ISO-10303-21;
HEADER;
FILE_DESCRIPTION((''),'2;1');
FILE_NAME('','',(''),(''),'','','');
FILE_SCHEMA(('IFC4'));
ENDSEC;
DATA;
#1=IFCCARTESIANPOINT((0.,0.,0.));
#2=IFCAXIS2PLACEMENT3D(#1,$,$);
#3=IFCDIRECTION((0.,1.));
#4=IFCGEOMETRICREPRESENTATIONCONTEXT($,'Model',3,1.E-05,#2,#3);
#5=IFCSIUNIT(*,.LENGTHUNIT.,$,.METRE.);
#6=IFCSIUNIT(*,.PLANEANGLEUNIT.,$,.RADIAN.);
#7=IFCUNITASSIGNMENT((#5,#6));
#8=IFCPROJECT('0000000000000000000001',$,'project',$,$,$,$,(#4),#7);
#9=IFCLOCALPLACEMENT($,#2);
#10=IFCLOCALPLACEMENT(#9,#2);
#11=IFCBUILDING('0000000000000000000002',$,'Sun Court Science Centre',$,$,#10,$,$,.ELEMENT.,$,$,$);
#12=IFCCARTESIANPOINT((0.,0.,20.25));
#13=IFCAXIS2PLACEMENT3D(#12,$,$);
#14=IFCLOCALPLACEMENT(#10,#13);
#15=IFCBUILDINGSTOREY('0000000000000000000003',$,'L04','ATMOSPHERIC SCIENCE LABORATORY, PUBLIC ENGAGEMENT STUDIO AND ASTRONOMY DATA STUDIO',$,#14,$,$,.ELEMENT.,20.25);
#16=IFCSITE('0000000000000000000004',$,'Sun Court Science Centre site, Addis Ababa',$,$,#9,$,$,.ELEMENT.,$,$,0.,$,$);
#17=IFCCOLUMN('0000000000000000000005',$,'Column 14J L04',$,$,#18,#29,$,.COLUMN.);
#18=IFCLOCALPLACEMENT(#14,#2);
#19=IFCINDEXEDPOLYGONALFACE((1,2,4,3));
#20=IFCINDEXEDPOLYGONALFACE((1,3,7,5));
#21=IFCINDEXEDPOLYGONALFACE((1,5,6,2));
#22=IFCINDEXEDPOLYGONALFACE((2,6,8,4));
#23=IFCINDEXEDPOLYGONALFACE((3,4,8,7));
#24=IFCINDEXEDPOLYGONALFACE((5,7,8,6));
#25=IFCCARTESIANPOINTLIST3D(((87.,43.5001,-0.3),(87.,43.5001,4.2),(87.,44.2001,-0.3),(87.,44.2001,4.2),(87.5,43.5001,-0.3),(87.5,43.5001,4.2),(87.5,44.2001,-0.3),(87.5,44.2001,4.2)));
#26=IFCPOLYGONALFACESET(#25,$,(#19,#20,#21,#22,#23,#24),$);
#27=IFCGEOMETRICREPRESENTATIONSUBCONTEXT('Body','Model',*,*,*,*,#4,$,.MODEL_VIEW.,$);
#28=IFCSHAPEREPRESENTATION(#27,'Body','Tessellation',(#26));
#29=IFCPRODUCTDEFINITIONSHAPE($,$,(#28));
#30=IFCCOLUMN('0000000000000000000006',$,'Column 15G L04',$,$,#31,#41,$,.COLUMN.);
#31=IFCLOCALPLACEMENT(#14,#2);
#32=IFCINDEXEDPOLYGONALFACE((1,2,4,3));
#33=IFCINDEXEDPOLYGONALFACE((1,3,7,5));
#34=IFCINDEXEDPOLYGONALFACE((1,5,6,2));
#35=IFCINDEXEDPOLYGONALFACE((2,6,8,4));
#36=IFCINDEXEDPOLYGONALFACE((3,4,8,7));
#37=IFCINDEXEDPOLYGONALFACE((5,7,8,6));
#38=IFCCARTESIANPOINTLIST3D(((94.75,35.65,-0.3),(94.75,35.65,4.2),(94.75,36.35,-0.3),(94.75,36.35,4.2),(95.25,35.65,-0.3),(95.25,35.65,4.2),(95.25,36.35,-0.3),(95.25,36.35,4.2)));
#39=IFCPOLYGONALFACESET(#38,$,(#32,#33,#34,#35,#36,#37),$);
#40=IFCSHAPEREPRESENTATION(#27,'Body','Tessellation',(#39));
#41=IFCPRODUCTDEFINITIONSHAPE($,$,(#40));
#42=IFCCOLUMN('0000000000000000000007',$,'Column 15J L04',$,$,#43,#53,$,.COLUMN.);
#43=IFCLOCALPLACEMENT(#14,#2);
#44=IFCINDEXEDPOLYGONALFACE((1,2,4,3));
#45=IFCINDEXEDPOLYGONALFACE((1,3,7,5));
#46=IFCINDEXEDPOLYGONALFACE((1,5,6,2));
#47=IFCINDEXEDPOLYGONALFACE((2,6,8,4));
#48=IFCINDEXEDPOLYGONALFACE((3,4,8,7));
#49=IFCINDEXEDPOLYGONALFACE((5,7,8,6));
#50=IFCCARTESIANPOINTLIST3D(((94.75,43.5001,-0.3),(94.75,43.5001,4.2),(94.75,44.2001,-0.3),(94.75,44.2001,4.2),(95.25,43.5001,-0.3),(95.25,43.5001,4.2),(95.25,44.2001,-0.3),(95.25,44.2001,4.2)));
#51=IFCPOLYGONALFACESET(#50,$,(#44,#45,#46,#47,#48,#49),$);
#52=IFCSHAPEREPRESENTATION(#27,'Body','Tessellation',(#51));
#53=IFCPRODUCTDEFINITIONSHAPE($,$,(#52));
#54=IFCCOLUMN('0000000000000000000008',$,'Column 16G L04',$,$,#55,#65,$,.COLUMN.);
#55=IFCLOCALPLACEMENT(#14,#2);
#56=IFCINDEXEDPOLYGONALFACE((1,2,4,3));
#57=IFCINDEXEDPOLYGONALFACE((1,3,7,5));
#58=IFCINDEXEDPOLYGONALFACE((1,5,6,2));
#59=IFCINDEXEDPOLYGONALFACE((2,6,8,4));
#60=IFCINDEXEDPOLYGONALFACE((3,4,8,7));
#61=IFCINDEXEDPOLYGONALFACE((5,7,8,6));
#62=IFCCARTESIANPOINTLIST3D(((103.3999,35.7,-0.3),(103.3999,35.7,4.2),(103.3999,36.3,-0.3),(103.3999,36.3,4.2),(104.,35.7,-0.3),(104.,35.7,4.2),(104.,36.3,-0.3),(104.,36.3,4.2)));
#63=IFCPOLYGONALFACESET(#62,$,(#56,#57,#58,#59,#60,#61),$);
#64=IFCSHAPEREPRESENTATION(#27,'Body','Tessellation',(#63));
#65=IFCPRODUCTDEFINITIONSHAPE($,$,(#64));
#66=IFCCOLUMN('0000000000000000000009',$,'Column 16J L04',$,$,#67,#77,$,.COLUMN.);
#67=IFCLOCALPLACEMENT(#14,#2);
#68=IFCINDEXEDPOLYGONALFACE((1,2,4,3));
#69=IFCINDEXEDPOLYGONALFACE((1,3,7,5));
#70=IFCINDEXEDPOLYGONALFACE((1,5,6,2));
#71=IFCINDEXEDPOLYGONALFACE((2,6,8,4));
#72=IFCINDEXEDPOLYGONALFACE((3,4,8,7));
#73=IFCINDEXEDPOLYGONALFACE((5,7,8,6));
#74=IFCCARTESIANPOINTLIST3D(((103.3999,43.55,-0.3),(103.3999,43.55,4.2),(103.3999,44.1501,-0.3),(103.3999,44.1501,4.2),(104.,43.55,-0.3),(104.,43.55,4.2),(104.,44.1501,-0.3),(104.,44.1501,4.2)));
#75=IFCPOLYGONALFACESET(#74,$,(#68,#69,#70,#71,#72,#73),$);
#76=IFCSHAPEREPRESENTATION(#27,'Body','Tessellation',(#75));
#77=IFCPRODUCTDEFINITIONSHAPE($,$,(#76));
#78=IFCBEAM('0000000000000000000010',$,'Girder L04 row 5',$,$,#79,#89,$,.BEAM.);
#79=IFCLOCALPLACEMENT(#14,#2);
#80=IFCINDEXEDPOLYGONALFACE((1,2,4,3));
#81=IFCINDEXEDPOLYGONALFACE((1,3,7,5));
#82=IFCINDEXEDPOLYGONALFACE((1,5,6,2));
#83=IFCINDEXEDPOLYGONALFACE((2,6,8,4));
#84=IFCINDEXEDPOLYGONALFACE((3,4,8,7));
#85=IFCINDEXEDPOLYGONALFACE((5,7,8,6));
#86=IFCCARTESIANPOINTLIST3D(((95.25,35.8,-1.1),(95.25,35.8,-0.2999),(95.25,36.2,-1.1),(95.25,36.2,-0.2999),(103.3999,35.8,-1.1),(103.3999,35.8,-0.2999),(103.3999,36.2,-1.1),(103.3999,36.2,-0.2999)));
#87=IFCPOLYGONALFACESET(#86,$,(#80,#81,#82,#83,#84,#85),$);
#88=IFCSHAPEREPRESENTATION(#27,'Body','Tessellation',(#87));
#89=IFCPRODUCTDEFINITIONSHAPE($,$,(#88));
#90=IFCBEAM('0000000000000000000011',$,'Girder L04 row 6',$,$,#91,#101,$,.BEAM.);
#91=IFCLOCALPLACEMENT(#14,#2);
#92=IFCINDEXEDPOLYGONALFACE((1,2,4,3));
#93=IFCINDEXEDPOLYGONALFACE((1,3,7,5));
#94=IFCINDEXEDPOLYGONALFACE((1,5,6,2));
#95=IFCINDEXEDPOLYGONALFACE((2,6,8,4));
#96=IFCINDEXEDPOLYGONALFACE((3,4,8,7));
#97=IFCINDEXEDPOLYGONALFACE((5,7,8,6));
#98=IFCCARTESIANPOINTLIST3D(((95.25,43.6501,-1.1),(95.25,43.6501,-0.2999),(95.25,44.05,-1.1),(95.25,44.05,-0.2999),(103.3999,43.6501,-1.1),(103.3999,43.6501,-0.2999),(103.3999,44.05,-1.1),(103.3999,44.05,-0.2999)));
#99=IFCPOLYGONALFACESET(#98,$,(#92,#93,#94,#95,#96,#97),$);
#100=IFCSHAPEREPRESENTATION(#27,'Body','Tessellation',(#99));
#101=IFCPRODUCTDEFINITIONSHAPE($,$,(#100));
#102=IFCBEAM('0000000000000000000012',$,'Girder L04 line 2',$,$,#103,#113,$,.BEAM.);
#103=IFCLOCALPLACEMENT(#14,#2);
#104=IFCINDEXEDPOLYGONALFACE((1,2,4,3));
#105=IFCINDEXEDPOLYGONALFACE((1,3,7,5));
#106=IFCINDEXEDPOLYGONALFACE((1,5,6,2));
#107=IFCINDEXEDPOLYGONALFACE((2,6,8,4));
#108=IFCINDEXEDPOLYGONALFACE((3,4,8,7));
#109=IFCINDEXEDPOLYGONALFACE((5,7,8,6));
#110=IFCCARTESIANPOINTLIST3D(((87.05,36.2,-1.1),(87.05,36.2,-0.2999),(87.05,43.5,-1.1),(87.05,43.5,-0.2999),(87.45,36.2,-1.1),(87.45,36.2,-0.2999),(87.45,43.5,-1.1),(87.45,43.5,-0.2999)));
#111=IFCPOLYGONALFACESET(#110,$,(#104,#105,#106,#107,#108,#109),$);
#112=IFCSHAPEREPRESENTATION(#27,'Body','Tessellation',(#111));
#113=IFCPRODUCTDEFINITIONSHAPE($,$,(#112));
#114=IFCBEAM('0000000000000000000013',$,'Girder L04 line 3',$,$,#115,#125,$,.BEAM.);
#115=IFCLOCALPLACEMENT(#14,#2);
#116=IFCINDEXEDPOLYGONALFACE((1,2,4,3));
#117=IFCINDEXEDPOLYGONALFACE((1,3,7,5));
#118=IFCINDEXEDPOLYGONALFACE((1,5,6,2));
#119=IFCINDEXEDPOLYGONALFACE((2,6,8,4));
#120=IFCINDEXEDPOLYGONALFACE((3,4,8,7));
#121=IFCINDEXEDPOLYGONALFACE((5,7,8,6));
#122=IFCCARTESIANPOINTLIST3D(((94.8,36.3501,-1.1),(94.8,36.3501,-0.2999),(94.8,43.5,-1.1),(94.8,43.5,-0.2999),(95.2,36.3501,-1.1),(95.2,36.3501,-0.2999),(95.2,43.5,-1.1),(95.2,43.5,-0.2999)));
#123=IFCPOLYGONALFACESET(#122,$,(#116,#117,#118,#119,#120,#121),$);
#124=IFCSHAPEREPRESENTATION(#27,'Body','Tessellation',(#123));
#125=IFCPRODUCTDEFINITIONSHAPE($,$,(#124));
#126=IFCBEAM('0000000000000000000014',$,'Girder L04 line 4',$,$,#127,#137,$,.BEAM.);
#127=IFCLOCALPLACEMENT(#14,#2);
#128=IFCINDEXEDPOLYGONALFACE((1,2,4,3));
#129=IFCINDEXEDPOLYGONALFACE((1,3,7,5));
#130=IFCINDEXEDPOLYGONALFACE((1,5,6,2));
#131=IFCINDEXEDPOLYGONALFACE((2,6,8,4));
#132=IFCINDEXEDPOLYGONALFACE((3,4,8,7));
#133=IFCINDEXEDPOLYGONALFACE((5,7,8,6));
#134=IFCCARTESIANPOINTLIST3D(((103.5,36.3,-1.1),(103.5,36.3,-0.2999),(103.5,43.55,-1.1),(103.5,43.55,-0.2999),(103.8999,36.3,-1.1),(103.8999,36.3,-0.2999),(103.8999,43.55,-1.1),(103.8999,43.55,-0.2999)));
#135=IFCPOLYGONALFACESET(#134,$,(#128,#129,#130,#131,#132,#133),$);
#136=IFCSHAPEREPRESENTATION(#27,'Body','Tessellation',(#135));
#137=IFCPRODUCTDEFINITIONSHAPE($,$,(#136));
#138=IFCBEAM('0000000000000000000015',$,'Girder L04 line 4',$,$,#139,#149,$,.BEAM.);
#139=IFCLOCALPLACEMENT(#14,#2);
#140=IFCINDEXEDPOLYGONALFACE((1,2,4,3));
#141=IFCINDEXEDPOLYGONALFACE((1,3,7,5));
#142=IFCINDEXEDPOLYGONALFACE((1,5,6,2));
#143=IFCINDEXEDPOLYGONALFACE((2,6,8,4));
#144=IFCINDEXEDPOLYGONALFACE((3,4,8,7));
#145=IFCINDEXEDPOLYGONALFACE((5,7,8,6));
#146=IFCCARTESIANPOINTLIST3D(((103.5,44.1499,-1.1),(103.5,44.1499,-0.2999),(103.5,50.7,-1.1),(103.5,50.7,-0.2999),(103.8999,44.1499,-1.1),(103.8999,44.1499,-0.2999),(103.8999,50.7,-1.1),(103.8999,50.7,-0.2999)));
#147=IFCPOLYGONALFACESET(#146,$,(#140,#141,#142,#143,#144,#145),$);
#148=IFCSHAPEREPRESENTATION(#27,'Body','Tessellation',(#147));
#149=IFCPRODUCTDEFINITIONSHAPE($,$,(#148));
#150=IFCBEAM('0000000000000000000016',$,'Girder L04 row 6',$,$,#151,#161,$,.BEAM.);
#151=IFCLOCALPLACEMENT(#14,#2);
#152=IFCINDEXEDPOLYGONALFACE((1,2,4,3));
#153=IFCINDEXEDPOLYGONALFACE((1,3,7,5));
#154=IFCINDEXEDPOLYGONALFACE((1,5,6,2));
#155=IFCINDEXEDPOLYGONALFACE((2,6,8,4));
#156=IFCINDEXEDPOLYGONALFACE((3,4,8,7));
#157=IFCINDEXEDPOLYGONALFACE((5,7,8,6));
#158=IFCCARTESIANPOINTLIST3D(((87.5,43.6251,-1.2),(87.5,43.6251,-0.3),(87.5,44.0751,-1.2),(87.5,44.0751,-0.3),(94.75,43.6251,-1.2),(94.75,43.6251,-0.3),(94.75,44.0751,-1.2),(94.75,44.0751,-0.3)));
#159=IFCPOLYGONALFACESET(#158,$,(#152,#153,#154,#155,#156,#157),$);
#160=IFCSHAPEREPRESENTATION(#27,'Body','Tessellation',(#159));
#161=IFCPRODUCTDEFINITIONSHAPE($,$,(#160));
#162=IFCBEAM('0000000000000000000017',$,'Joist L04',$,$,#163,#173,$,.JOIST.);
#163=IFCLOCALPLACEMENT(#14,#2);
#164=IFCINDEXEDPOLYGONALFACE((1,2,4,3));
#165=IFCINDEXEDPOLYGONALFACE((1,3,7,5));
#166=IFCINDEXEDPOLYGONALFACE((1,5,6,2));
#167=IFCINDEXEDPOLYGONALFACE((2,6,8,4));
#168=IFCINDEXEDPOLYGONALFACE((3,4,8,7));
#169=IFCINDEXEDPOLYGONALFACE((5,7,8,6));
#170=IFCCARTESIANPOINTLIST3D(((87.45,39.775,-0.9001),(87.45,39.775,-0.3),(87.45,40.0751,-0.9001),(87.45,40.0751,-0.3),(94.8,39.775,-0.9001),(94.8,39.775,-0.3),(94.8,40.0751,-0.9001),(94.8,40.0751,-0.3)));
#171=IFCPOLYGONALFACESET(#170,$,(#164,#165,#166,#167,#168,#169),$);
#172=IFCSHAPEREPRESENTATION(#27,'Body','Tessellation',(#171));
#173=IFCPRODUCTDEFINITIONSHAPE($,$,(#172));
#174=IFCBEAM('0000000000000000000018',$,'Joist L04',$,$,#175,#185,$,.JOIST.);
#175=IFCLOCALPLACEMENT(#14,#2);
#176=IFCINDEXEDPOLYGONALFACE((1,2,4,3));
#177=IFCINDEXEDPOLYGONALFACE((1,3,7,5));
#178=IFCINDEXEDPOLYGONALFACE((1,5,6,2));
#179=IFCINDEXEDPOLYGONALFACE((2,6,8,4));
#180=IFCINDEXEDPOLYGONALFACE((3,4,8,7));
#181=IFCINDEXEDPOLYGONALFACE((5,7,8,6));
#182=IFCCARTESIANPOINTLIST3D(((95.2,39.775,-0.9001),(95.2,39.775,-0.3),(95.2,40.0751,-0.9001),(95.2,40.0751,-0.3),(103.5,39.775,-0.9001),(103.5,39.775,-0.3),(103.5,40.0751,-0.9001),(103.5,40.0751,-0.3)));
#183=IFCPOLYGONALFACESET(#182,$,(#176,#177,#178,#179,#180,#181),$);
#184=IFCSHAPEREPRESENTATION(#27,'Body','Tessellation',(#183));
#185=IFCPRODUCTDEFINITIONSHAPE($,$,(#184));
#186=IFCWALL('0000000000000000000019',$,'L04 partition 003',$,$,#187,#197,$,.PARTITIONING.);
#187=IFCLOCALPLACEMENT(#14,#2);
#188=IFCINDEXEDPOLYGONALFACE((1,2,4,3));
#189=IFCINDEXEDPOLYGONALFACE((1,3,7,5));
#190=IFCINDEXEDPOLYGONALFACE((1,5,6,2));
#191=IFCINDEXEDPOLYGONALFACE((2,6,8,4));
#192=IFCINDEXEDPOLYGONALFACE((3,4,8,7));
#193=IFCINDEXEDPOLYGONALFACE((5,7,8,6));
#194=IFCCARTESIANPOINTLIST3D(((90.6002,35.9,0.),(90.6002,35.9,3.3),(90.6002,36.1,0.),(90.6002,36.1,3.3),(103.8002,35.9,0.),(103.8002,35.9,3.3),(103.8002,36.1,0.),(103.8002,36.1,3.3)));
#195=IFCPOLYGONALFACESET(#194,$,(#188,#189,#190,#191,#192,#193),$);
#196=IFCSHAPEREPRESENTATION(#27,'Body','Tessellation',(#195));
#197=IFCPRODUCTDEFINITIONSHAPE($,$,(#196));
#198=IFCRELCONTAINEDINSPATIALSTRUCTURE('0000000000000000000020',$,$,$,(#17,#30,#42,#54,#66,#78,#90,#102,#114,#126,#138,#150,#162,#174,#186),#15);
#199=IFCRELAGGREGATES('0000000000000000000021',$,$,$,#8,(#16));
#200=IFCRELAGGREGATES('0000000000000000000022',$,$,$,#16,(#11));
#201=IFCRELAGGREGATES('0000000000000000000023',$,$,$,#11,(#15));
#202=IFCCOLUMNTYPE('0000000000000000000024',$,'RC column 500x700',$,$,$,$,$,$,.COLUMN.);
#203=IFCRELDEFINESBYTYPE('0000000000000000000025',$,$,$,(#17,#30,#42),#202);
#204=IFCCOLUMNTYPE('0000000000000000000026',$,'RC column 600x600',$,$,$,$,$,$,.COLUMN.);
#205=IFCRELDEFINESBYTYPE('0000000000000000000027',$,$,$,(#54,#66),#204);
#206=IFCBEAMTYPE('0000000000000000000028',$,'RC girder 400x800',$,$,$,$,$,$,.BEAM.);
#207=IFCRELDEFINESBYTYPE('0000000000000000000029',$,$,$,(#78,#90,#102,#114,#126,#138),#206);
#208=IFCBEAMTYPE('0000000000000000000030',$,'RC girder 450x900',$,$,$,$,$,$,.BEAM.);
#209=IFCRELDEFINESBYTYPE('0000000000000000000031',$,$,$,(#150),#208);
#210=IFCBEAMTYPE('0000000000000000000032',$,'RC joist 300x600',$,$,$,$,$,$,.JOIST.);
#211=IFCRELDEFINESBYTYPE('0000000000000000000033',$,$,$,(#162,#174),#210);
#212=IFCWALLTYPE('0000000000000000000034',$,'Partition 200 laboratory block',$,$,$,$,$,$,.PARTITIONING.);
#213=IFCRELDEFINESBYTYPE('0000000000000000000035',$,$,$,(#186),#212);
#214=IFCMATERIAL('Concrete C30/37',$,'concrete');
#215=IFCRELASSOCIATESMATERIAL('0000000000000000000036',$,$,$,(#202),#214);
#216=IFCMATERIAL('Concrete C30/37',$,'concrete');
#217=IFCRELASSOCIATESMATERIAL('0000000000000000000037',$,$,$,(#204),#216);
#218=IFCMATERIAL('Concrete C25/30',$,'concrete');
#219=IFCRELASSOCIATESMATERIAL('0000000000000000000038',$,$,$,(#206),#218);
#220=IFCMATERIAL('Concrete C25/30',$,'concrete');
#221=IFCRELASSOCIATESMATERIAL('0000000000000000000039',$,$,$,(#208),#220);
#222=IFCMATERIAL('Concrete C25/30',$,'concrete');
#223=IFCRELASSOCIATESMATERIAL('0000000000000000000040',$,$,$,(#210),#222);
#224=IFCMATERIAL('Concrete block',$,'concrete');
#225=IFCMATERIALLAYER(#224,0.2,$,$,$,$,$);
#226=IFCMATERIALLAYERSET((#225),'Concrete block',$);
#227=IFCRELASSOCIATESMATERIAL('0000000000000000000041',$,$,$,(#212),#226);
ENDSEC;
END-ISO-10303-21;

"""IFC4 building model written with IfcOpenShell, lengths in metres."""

from ifc_helpers import new_model, si_unit, direction, frame, frame_2d, origin, origin_2d, place, context, subcontext, project, spatial, rectangle, extrude, material, layer, layer_set, material_profile, profile_set, type_object, element, save


model = new_model("IFC4")

# Units and contexts
model_context = context("Model", 3, precision=1e-05, world=origin(), true_north=direction((0.0, 1.0)))
body_context = subcontext(model_context, "Body", "Model", "MODEL_VIEW")
ifc_project = project(units=[si_unit("LENGTHUNIT", "METRE"), si_unit("PLANEANGLEUNIT", "RADIAN")], contexts=[model_context])

# Site, building, storey
site_placement = place(None, origin())
site = spatial("IfcSite", under=ifc_project, at=site_placement, Name="Sun Court Science Centre site, Addis Ababa", CompositionType="ELEMENT", RefElevation=0.0)
building_placement = place(site_placement, origin())
building = spatial("IfcBuilding", under=site, at=building_placement, Name="Sun Court Science Centre", CompositionType="ELEMENT")
storey_placement = place(building_placement, frame((0.0, 0.0, 20.25)))
storey = spatial("IfcBuildingStorey", under=building, at=storey_placement, Name="L04", Description="ATMOSPHERIC SCIENCE LABORATORY, PUBLIC ENGAGEMENT STUDIO AND ASTRONOMY DATA STUDIO", CompositionType="ELEMENT", Elevation=20.25)

# Columns
ifc_material_1 = material(Name="Concrete C30/37", Category="concrete")
ifc_material_profile_1 = material_profile(ifc_material_1, rectangle(XDim=0.5, YDim=0.7, at=origin_2d()), Name="RC 500x700")
ifc_profile_set_1 = profile_set([ifc_material_profile_1], Name="Concrete C30/37")
column_type_1 = type_object("IfcColumnType", Name="RC column 500x700", PredefinedType="COLUMN", material=ifc_profile_set_1)
for number, where, z_axis, x_axis, name in (
    (1, (87.25, 43.8501, -0.3), (0.0, 0.0, 1.0), (1.0, 0.0, 0.0), "Column 14J L04"),
    (2, (95.0, 36.0, -0.3), (0.0, 0.0, 1.0), (1.0, 0.0, 0.0), "Column 15G L04"),
    (3, (95.0, 43.8501, -0.3), (0.0, 0.0, 1.0), (1.0, 0.0, 0.0), "Column 15J L04"),
):
    element("IfcColumn", number, at=place(storey_placement, frame(where, z_axis=z_axis, x_axis=x_axis)), inside=storey, type_object=column_type_1, Name=name, PredefinedType="COLUMN", context=body_context, shape_type="SweptSolid", body=[
        extrude(rectangle(XDim=0.5, YDim=0.7, at=origin_2d()), origin(), (0.0, 0.0, 1.0), 4.5),
    ])
ifc_material_2 = material(Name="Concrete C30/37", Category="concrete")
ifc_material_profile_2 = material_profile(ifc_material_2, rectangle(XDim=0.6001, YDim=0.6001, at=origin_2d()), Name="RC 600x600")
ifc_profile_set_2 = profile_set([ifc_material_profile_2], Name="Concrete C30/37")
column_type_2 = type_object("IfcColumnType", Name="RC column 600x600", PredefinedType="COLUMN", material=ifc_profile_set_2)
for number, where, z_axis, x_axis, name in (
    (4, (103.7, 36.0, -0.3), (0.0, 0.0, 1.0), (1.0, 0.0, 0.0), "Column 16G L04"),
    (5, (103.7, 43.8501, -0.3), (0.0, 0.0, 1.0), (1.0, 0.0, 0.0), "Column 16J L04"),
):
    element("IfcColumn", number, at=place(storey_placement, frame(where, z_axis=z_axis, x_axis=x_axis)), inside=storey, type_object=column_type_2, Name=name, PredefinedType="COLUMN", context=body_context, shape_type="SweptSolid", body=[
        extrude(rectangle(XDim=0.6001, YDim=0.6001, at=origin_2d()), origin(), (0.0, 0.0, 1.0), 4.5),
    ])

# Beams
ifc_material_3 = material(Name="Concrete C25/30", Category="concrete")
ifc_material_profile_3 = material_profile(ifc_material_3, rectangle(XDim=0.3999, YDim=0.8, at=origin_2d()), Name="RC 400x800")
ifc_profile_set_3 = profile_set([ifc_material_profile_3], Name="Concrete C25/30")
beam_type_1 = type_object("IfcBeamType", Name="RC girder 400x800", PredefinedType="BEAM", material=ifc_profile_set_3)
for number, where, z_axis, x_axis, name in (
    (6, (95.25, 36.0, -0.7), (1.0, 0.0, 0.0), (0.0, 1.0, 0.0), "Girder L04 row 5"),
    (7, (95.25, 43.8501, -0.7), (1.0, 0.0, 0.0), (0.0, 1.0, 0.0), "Girder L04 row 6"),
):
    element("IfcBeam", number, at=place(storey_placement, frame(where, z_axis=z_axis, x_axis=x_axis)), inside=storey, type_object=beam_type_1, Name=name, PredefinedType="BEAM", context=body_context, shape_type="SweptSolid", body=[
        extrude(rectangle(XDim=0.3999, YDim=0.8, at=origin_2d()), origin(), (0.0, 0.0, 1.0), 8.1499),
    ])
beam_1_placement = place(storey_placement, frame((87.25, 36.2, -0.7), z_axis=(0.0, 1.0, 0.0), x_axis=(-1.0, 0.0, 0.0)))
element("IfcBeam", 8, at=beam_1_placement, inside=storey, type_object=beam_type_1, Name="Girder L04 line 2", PredefinedType="BEAM", context=body_context, shape_type="SweptSolid", body=[
    extrude(rectangle(XDim=0.3999, YDim=0.8, at=origin_2d()), origin(), (0.0, 0.0, 1.0), 7.3),
])
beam_2_placement = place(storey_placement, frame((95.0, 36.3501, -0.7), z_axis=(0.0, 1.0, 0.0), x_axis=(-1.0, 0.0, 0.0)))
element("IfcBeam", 9, at=beam_2_placement, inside=storey, type_object=beam_type_1, Name="Girder L04 line 3", PredefinedType="BEAM", context=body_context, shape_type="SweptSolid", body=[
    extrude(rectangle(XDim=0.3999, YDim=0.8, at=origin_2d()), origin(), (0.0, 0.0, 1.0), 7.1499),
])
beam_3_placement = place(storey_placement, frame((103.7, 36.3, -0.7), z_axis=(0.0, 1.0, 0.0), x_axis=(-1.0, 0.0, 0.0)))
element("IfcBeam", 10, at=beam_3_placement, inside=storey, type_object=beam_type_1, Name="Girder L04 line 4", PredefinedType="BEAM", context=body_context, shape_type="SweptSolid", body=[
    extrude(rectangle(XDim=0.3999, YDim=0.8, at=origin_2d()), origin(), (0.0, 0.0, 1.0), 7.25),
])
beam_4_placement = place(storey_placement, frame((103.7, 44.1499, -0.7), z_axis=(0.0, 1.0, 0.0), x_axis=(-1.0, 0.0, 0.0)))
element("IfcBeam", 11, at=beam_4_placement, inside=storey, type_object=beam_type_1, Name="Girder L04 line 4", PredefinedType="BEAM", context=body_context, shape_type="SweptSolid", body=[
    extrude(rectangle(XDim=0.3999, YDim=0.8, at=origin_2d()), origin(), (0.0, 0.0, 1.0), 6.55),
])
ifc_material_4 = material(Name="Concrete C25/30", Category="concrete")
ifc_material_profile_4 = material_profile(ifc_material_4, rectangle(XDim=0.45, YDim=0.8999, at=origin_2d()), Name="RC 450x900")
ifc_profile_set_4 = profile_set([ifc_material_profile_4], Name="Concrete C25/30")
beam_type_2 = type_object("IfcBeamType", Name="RC girder 450x900", PredefinedType="BEAM", material=ifc_profile_set_4)
beam_5_placement = place(storey_placement, frame((87.5, 43.8501, -0.75), z_axis=(1.0, 0.0, 0.0), x_axis=(0.0, 1.0, 0.0)))
element("IfcBeam", 12, at=beam_5_placement, inside=storey, type_object=beam_type_2, Name="Girder L04 row 6", PredefinedType="BEAM", context=body_context, shape_type="SweptSolid", body=[
    extrude(rectangle(XDim=0.45, YDim=0.8999, at=origin_2d()), origin(), (0.0, 0.0, 1.0), 7.25),
])
ifc_material_5 = material(Name="Concrete C25/30", Category="concrete")
ifc_material_profile_5 = material_profile(ifc_material_5, rectangle(XDim=0.3, YDim=0.6001, at=origin_2d()), Name="RC 300x600")
ifc_profile_set_5 = profile_set([ifc_material_profile_5], Name="Concrete C25/30")
beam_type_3 = type_object("IfcBeamType", Name="RC joist 300x600", PredefinedType="JOIST", material=ifc_profile_set_5)
beam_6_placement = place(storey_placement, frame((87.45, 39.925, -0.6001), z_axis=(1.0, 0.0, 0.0), x_axis=(0.0, 1.0, 0.0)))
element("IfcBeam", 13, at=beam_6_placement, inside=storey, type_object=beam_type_3, Name="Joist L04", PredefinedType="JOIST", context=body_context, shape_type="SweptSolid", body=[
    extrude(rectangle(XDim=0.3, YDim=0.6001, at=origin_2d()), origin(), (0.0, 0.0, 1.0), 7.3501),
])
beam_7_placement = place(storey_placement, frame((95.2, 39.925, -0.6001), z_axis=(1.0, 0.0, 0.0), x_axis=(0.0, 1.0, 0.0)))
element("IfcBeam", 14, at=beam_7_placement, inside=storey, type_object=beam_type_3, Name="Joist L04", PredefinedType="JOIST", context=body_context, shape_type="SweptSolid", body=[
    extrude(rectangle(XDim=0.3, YDim=0.6001, at=origin_2d()), origin(), (0.0, 0.0, 1.0), 8.3),
])

# Wall
ifc_material_6 = material(Name="Concrete block", Category="concrete")
ifc_layer_1 = layer(ifc_material_6, 0.2)
ifc_layer_set_1 = layer_set([ifc_layer_1], Name="Concrete block")
wall_type_1 = type_object("IfcWallType", Name="Partition 200 laboratory block", PredefinedType="PARTITIONING", material=ifc_layer_set_1)
wall_1_placement = place(storey_placement, frame((90.6001, 36.0, 0.0), z_axis=(0.0, 0.0, 1.0), x_axis=(1.0, 0.0, 0.0)))
element("IfcWall", 15, at=wall_1_placement, inside=storey, type_object=wall_type_1, Name="L04 partition 003", PredefinedType="PARTITIONING", context=body_context, shape_type="SweptSolid", body=[
    extrude(rectangle(XDim=13.2, YDim=0.2, at=frame_2d((6.6001, 0.0))), origin(), (0.0, 0.0, 1.0), 3.3),
])

save(model, "model.ifc")
